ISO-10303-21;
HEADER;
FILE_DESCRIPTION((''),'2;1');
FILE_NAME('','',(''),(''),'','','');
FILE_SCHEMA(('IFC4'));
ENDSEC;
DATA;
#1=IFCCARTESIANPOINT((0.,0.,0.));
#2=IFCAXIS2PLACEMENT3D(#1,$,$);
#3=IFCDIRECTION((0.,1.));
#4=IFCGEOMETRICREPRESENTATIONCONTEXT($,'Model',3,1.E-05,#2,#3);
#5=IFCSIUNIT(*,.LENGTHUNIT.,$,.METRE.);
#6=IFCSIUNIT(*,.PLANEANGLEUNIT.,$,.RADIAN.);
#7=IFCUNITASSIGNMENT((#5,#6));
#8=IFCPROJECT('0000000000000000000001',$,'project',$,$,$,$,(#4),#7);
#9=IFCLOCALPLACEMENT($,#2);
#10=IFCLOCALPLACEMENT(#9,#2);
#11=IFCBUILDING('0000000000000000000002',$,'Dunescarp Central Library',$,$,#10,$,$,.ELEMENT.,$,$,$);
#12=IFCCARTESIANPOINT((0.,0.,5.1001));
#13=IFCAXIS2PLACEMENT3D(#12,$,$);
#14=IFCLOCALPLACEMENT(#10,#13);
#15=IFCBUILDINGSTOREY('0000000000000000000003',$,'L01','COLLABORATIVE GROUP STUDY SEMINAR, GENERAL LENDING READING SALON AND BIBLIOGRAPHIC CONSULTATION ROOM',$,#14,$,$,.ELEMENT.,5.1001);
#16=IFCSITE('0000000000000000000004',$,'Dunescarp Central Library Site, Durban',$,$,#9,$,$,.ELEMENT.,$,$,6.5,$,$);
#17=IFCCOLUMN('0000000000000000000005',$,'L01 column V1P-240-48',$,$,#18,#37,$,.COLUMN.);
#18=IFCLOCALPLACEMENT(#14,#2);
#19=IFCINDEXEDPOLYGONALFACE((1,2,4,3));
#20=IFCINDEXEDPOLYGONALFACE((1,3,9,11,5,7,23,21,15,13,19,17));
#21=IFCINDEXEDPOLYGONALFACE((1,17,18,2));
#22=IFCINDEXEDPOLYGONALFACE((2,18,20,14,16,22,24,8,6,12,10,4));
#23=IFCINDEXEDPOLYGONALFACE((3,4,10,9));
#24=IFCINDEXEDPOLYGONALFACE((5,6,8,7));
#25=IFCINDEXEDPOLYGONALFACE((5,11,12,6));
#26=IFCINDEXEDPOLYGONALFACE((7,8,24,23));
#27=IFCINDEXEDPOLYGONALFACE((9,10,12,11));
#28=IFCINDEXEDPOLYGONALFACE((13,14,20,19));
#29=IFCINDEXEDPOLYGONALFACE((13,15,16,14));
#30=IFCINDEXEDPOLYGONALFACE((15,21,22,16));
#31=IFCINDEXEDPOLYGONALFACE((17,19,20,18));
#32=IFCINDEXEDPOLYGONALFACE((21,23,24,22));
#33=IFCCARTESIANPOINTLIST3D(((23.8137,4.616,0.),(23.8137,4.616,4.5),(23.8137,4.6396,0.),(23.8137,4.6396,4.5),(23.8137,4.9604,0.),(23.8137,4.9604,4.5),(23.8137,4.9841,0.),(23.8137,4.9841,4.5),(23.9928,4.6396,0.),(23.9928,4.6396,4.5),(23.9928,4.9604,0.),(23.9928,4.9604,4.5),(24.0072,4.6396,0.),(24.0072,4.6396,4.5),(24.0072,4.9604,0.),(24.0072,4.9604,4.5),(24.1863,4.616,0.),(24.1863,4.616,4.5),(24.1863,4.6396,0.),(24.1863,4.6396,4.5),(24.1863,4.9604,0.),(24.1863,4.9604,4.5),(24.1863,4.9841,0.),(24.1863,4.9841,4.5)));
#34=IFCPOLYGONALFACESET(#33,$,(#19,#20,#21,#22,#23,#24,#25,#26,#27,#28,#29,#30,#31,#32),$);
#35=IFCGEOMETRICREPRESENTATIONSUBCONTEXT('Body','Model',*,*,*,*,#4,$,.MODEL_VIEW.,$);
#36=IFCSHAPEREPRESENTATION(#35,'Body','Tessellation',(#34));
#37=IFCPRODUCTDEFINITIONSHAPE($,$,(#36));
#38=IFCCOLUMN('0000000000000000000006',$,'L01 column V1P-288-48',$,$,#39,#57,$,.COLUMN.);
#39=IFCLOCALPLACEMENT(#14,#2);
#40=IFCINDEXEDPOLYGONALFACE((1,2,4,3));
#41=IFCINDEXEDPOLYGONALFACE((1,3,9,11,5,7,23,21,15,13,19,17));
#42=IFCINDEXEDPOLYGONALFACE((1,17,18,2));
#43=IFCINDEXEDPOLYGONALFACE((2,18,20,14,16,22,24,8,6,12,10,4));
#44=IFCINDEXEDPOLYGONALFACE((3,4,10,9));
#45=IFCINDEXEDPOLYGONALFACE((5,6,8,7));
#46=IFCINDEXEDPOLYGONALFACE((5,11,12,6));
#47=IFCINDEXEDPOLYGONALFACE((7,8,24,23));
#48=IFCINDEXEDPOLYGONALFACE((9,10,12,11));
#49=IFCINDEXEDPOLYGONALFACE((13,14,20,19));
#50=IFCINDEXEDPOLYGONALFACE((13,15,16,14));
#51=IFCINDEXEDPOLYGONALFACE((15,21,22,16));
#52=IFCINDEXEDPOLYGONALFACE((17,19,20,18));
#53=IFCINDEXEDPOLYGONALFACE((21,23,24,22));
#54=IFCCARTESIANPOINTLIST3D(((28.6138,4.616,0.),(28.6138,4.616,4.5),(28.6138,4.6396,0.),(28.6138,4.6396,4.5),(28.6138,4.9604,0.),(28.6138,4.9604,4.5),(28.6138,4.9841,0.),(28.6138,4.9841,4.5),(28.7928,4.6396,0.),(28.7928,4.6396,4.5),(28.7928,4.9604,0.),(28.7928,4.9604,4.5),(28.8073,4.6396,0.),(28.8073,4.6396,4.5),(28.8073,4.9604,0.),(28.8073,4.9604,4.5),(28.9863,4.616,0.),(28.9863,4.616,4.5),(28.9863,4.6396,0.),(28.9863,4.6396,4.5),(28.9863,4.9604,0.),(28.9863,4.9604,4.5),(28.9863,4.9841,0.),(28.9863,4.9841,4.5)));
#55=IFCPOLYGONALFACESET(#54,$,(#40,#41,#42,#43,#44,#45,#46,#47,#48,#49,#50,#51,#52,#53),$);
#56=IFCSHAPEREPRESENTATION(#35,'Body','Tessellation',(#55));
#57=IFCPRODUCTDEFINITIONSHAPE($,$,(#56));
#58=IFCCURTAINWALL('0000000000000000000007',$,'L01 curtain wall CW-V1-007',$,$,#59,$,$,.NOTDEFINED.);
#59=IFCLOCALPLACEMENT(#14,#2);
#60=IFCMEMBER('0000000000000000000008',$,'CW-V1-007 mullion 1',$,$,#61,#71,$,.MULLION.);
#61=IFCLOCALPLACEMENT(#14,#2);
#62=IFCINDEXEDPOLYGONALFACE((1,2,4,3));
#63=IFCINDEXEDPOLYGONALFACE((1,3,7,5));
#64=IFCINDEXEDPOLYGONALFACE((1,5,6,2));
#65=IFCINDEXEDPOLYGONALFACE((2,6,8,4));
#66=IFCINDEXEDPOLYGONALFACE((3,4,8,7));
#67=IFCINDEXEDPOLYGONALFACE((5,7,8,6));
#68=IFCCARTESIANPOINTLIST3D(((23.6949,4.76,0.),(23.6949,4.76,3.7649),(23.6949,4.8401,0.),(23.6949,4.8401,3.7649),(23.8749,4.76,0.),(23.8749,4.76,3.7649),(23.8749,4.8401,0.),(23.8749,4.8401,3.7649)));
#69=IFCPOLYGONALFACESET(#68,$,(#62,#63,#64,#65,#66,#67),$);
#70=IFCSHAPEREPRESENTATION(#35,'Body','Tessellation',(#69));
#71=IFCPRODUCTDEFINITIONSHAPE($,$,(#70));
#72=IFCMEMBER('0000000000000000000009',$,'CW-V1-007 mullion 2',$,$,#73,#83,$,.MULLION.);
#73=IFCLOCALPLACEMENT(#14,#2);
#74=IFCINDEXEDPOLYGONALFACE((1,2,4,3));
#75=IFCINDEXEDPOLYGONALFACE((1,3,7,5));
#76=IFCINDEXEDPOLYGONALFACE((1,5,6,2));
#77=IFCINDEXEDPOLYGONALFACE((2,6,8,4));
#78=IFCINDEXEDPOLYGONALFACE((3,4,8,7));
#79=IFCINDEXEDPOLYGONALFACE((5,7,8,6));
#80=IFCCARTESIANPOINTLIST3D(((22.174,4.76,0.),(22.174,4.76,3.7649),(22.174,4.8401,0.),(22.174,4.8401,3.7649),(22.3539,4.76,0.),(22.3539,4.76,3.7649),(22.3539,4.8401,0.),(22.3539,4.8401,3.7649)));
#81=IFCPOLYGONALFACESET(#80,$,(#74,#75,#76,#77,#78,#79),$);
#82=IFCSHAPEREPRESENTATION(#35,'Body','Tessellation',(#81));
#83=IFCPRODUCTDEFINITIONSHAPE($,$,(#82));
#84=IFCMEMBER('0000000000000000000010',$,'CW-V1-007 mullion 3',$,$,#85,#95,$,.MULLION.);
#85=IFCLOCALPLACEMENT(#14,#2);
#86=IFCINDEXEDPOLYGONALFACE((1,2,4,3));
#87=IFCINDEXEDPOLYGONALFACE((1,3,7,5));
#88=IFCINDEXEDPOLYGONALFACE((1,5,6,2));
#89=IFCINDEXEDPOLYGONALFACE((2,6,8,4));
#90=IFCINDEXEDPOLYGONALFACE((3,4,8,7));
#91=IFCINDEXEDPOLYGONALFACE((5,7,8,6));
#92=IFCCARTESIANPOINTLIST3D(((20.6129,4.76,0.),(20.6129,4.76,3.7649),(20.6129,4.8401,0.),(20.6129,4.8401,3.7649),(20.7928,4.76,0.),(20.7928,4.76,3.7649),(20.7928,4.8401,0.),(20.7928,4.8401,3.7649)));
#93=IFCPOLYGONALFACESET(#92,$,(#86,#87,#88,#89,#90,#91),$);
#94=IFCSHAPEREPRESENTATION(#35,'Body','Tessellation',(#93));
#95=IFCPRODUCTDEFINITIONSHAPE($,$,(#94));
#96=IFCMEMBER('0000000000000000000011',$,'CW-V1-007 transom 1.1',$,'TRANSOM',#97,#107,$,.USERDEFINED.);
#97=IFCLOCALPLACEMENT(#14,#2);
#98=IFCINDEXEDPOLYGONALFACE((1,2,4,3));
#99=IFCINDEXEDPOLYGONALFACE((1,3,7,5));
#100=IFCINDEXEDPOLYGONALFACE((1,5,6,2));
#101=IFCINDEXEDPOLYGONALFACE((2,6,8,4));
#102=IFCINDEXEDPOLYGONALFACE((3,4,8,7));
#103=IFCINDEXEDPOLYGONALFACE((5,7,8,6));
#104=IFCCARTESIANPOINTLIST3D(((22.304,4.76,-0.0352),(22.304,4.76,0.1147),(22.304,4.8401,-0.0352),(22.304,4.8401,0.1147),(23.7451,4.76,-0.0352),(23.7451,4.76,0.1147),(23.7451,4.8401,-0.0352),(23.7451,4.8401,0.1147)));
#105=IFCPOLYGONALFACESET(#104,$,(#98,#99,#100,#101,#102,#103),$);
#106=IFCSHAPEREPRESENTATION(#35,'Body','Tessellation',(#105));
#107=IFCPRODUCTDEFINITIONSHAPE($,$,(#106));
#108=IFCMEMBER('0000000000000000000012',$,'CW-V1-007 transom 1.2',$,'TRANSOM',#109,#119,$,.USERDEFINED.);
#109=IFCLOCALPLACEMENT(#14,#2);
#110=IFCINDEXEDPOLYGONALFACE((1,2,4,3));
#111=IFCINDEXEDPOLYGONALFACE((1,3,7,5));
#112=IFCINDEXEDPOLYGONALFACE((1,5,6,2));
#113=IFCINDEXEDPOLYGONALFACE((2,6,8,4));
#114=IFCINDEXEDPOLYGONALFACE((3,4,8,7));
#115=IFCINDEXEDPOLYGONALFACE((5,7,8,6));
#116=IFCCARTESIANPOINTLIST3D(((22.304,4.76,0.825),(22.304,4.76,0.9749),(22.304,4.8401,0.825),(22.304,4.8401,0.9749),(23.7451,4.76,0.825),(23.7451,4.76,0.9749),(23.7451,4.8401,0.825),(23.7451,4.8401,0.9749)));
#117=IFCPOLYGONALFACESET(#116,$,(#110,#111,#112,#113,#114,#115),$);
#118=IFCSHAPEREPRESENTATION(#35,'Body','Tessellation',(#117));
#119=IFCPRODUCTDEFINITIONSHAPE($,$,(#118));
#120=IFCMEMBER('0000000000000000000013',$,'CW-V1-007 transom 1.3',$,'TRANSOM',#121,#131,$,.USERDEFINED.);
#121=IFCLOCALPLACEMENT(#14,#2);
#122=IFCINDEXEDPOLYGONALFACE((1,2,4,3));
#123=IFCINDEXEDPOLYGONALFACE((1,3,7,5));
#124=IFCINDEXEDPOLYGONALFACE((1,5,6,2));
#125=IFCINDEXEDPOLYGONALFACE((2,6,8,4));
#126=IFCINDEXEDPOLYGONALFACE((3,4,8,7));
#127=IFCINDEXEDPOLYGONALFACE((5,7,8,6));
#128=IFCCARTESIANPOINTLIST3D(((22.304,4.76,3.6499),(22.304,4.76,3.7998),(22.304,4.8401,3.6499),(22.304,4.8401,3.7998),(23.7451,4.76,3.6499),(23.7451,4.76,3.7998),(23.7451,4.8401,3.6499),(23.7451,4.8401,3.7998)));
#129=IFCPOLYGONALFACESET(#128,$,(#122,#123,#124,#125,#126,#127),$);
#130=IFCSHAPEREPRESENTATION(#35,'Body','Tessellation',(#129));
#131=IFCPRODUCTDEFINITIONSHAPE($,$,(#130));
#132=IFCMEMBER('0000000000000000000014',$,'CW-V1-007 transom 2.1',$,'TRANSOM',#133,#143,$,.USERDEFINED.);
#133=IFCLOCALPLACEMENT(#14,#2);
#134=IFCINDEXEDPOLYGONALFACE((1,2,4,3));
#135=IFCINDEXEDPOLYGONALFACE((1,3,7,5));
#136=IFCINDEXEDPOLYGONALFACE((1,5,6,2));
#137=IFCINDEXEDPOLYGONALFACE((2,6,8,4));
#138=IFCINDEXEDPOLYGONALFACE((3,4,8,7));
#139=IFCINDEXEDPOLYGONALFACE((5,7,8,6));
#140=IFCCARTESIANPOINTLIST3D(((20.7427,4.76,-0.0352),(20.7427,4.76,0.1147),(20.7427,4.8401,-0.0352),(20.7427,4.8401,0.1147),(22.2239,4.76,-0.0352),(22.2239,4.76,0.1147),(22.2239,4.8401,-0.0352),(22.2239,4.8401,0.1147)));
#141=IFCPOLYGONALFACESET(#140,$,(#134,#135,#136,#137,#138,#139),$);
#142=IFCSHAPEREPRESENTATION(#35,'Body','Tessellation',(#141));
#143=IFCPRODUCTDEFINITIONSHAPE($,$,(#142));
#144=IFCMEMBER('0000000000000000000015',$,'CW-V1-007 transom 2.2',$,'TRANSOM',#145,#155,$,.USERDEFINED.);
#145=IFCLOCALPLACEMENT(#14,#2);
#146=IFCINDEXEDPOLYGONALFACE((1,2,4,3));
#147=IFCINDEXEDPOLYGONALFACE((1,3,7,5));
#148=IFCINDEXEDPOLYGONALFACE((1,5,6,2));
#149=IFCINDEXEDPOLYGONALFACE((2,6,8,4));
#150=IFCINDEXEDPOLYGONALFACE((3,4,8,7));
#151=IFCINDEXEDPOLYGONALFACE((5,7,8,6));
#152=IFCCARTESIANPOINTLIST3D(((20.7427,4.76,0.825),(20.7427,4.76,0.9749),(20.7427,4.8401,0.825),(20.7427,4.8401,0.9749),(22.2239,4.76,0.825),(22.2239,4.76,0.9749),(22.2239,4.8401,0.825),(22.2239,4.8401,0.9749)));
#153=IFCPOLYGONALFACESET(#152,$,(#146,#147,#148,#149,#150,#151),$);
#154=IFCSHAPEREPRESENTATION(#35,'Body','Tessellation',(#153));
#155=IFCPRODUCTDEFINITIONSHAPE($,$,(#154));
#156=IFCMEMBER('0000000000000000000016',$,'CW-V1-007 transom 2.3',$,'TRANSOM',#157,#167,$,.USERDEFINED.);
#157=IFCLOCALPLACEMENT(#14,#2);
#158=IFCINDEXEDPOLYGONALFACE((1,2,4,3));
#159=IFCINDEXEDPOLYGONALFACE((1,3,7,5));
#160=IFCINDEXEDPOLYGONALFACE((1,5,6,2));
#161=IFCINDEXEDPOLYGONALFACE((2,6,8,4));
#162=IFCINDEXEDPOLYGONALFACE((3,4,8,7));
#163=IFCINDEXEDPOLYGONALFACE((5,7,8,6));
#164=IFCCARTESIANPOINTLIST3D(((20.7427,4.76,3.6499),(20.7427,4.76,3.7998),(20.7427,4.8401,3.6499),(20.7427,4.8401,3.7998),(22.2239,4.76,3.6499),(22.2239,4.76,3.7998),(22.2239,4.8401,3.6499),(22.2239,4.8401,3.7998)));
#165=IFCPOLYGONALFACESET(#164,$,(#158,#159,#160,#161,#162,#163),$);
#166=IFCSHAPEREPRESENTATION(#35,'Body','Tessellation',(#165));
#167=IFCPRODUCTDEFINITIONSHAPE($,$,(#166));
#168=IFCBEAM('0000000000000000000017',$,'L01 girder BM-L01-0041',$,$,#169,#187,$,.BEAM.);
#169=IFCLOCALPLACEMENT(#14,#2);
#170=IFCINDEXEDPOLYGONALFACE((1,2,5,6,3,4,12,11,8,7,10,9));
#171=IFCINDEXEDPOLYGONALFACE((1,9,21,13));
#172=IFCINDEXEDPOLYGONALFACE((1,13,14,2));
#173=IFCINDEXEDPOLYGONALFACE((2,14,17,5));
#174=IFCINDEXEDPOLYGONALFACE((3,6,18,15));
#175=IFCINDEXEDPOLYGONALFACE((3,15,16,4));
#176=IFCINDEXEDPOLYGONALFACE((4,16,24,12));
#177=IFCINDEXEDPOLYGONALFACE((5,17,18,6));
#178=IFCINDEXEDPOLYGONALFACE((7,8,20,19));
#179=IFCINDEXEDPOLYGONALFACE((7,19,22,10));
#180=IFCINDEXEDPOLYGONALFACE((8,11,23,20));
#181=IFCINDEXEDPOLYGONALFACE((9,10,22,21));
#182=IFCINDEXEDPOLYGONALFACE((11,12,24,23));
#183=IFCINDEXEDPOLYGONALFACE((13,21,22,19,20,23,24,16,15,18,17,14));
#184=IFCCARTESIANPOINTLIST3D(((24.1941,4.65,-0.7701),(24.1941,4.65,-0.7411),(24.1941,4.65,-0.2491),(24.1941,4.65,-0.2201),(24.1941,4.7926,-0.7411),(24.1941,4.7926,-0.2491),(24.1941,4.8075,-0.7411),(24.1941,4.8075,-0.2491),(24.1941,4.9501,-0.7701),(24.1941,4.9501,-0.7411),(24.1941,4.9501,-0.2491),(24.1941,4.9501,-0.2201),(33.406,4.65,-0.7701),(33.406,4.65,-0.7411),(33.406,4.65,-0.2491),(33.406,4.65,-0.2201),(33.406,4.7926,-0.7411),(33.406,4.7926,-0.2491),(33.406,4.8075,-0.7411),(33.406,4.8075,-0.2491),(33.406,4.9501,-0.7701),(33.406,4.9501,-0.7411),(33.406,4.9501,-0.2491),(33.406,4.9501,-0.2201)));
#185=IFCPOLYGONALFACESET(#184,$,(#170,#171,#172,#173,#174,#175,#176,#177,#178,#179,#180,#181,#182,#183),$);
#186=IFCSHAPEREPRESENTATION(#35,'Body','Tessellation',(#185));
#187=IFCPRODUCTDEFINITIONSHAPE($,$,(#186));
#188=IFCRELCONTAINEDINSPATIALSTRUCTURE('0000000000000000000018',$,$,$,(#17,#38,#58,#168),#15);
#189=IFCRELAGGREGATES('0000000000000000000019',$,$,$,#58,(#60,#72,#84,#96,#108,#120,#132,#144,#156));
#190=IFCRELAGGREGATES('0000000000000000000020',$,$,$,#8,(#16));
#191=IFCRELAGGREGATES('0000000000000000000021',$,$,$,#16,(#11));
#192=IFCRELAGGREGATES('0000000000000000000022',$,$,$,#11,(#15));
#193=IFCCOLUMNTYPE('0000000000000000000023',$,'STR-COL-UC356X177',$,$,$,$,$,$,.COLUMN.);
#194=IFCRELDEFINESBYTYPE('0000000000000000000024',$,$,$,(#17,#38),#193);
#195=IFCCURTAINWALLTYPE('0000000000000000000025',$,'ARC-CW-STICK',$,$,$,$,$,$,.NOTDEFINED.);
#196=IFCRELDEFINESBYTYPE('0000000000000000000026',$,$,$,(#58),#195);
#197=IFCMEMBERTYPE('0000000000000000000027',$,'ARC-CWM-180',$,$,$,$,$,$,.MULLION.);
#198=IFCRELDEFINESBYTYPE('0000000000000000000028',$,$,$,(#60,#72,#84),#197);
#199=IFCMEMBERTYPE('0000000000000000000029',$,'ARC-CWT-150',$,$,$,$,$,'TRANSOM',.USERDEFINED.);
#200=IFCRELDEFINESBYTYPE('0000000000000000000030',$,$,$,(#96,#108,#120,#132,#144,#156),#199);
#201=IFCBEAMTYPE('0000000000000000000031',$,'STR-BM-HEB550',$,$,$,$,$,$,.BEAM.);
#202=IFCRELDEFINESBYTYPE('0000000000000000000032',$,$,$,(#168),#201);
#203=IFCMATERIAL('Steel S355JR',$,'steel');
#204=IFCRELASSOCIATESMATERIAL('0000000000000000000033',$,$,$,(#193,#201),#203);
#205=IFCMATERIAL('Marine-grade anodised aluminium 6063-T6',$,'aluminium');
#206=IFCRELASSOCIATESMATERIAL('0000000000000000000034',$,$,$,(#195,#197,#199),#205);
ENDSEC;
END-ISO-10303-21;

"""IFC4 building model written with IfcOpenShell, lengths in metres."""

from ifc_helpers import new_model, si_unit, direction, frame, origin, origin_2d, place, context, subcontext, project, spatial, rectangle, i_section, extrude, material, material_profile, profile_set, type_object, element, aggregate, save


model = new_model("IFC4")

# Units and contexts
model_context = context("Model", 3, precision=1e-05, world=origin(), true_north=direction((0.0, 1.0)))
body_context = subcontext(model_context, "Body", "Model", "MODEL_VIEW")
ifc_project = project(units=[si_unit("LENGTHUNIT", "METRE"), si_unit("PLANEANGLEUNIT", "RADIAN")], contexts=[model_context])

# Site, building, storey
site_placement = place(None, origin())
site = spatial("IfcSite", under=ifc_project, at=site_placement, Name="Dunescarp Central Library Site, Durban", CompositionType="ELEMENT", RefElevation=6.5)
building_placement = place(site_placement, origin())
building = spatial("IfcBuilding", under=site, at=building_placement, Name="Dunescarp Central Library", CompositionType="ELEMENT")
storey_placement = place(building_placement, frame((0.0, 0.0, 5.1001)))
storey = spatial("IfcBuildingStorey", under=building, at=storey_placement, Name="L01", Description="COLLABORATIVE GROUP STUDY SEMINAR, GENERAL LENDING READING SALON AND BIBLIOGRAPHIC CONSULTATION ROOM", CompositionType="ELEMENT", Elevation=5.1001)

# Columns
ifc_material_1 = material(Name="Steel S355JR", Category="steel")
ifc_material_profile_1 = material_profile(ifc_material_1, i_section(OverallWidth=0.3726, OverallDepth=0.3682, WebThickness=0.0144, FlangeThickness=0.0237, at=origin_2d()), Name="UC 356x368x177")
ifc_profile_set_1 = profile_set([ifc_material_profile_1], Name="Steel S355JR")
column_type = type_object("IfcColumnType", Name="STR-COL-UC356X177", PredefinedType="COLUMN", material=ifc_profile_set_1)
for number, where, z_axis, x_axis, name in (
    (1, (24.0, 4.8, 0.0), (0.0, 0.0, 1.0), (1.0, 0.0, 0.0), "L01 column V1P-240-48"),
    (2, (28.8, 4.8, 0.0), (0.0, 0.0, 1.0), (1.0, 0.0, 0.0), "L01 column V1P-288-48"),
):
    element("IfcColumn", number, at=place(storey_placement, frame(where, z_axis=z_axis, x_axis=x_axis)), inside=storey, type_object=column_type, Name=name, PredefinedType="COLUMN", context=body_context, shape_type="SweptSolid", body=[
        extrude(i_section(OverallWidth=0.3726, OverallDepth=0.3682, WebThickness=0.0144, FlangeThickness=0.0237, at=origin_2d()), origin(), (0.0, 0.0, 1.0), 4.5),
    ])

# Curtain wall, members
ifc_material_2 = material(Name="Marine-grade anodised aluminium 6063-T6", Category="aluminium")
curtain_wall_type = type_object("IfcCurtainWallType", Name="ARC-CW-STICK", PredefinedType="NOTDEFINED", material=ifc_material_2)
curtain_wall_placement = place(storey_placement, origin())
curtain_wall = element("IfcCurtainWall", 3, at=curtain_wall_placement, inside=storey, type_object=curtain_wall_type, Name="L01 curtain wall CW-V1-007", PredefinedType="NOTDEFINED")
ifc_material_profile_2 = material_profile(ifc_material_2, rectangle(XDim=0.0801, YDim=0.1799, at=origin_2d()), Name="AL 80x180")
ifc_profile_set_2 = profile_set([ifc_material_profile_2], Name="Marine-grade anodised aluminium 6063-T6")
member_type_1 = type_object("IfcMemberType", Name="ARC-CWM-180", PredefinedType="MULLION", material=ifc_profile_set_2)
member_1_placement = place(storey_placement, frame((23.7849, 4.8, 0.0), z_axis=(0.0, 0.0, 1.0), x_axis=(0.0, -1.0, 0.0)))
member_1 = element("IfcMember", 4, at=member_1_placement, type_object=member_type_1, Name="CW-V1-007 mullion 1", PredefinedType="MULLION", context=body_context, shape_type="SweptSolid", body=[
    extrude(rectangle(XDim=0.0801, YDim=0.1799, at=origin_2d()), origin(), (0.0, 0.0, 1.0), 3.7649),
])
member_2_placement = place(storey_placement, frame((22.2639, 4.8, 0.0), z_axis=(0.0, 0.0, 1.0), x_axis=(0.0, -1.0, 0.0)))
member_2 = element("IfcMember", 5, at=member_2_placement, type_object=member_type_1, Name="CW-V1-007 mullion 2", PredefinedType="MULLION", context=body_context, shape_type="SweptSolid", body=[
    extrude(rectangle(XDim=0.0801, YDim=0.1799, at=origin_2d()), origin(), (0.0, 0.0, 1.0), 3.7649),
])
member_3_placement = place(storey_placement, frame((20.7029, 4.8, 0.0), z_axis=(0.0, 0.0, 1.0), x_axis=(0.0, -1.0, 0.0)))
member_3 = element("IfcMember", 6, at=member_3_placement, type_object=member_type_1, Name="CW-V1-007 mullion 3", PredefinedType="MULLION", context=body_context, shape_type="SweptSolid", body=[
    extrude(rectangle(XDim=0.0801, YDim=0.1799, at=origin_2d()), origin(), (0.0, 0.0, 1.0), 3.7649),
])
ifc_material_profile_3 = material_profile(ifc_material_2, rectangle(XDim=0.0801, YDim=0.1499, at=origin_2d()), Name="AL 80x150")
ifc_profile_set_3 = profile_set([ifc_material_profile_3], Name="Marine-grade anodised aluminium 6063-T6")
member_type_2 = type_object("IfcMemberType", Name="ARC-CWT-150", ElementType="TRANSOM", PredefinedType="USERDEFINED", material=ifc_profile_set_3)
member_4_placement = place(storey_placement, frame((23.7451, 4.8, 0.0398), z_axis=(-1.0, 0.0, 0.0), x_axis=(0.0, -1.0, 0.0)))
member_4 = element("IfcMember", 7, at=member_4_placement, type_object=member_type_2, Name="CW-V1-007 transom 1.1", ObjectType="TRANSOM", PredefinedType="USERDEFINED", context=body_context, shape_type="SweptSolid", body=[
    extrude(rectangle(XDim=0.0801, YDim=0.1499, at=origin_2d()), origin(), (0.0, 0.0, 1.0), 1.4412),
])
member_5_placement = place(storey_placement, frame((23.7451, 4.8, 0.8999), z_axis=(-1.0, 0.0, 0.0), x_axis=(0.0, -1.0, 0.0)))
member_5 = element("IfcMember", 8, at=member_5_placement, type_object=member_type_2, Name="CW-V1-007 transom 1.2", ObjectType="TRANSOM", PredefinedType="USERDEFINED", context=body_context, shape_type="SweptSolid", body=[
    extrude(rectangle(XDim=0.0801, YDim=0.1499, at=origin_2d()), origin(), (0.0, 0.0, 1.0), 1.4412),
])
member_6_placement = place(storey_placement, frame((23.7451, 4.8, 3.7249), z_axis=(-1.0, 0.0, 0.0), x_axis=(0.0, -1.0, 0.0)))
member_6 = element("IfcMember", 9, at=member_6_placement, type_object=member_type_2, Name="CW-V1-007 transom 1.3", ObjectType="TRANSOM", PredefinedType="USERDEFINED", context=body_context, shape_type="SweptSolid", body=[
    extrude(rectangle(XDim=0.0801, YDim=0.1499, at=origin_2d()), origin(), (0.0, 0.0, 1.0), 1.4412),
])
member_7_placement = place(storey_placement, frame((22.2239, 4.8, 0.0398), z_axis=(-1.0, 0.0, 0.0), x_axis=(0.0, -1.0, 0.0)))
member_7 = element("IfcMember", 10, at=member_7_placement, type_object=member_type_2, Name="CW-V1-007 transom 2.1", ObjectType="TRANSOM", PredefinedType="USERDEFINED", context=body_context, shape_type="SweptSolid", body=[
    extrude(rectangle(XDim=0.0801, YDim=0.1499, at=origin_2d()), origin(), (0.0, 0.0, 1.0), 1.4812),
])
member_8_placement = place(storey_placement, frame((22.2239, 4.8, 0.8999), z_axis=(-1.0, 0.0, 0.0), x_axis=(0.0, -1.0, 0.0)))
member_8 = element("IfcMember", 11, at=member_8_placement, type_object=member_type_2, Name="CW-V1-007 transom 2.2", ObjectType="TRANSOM", PredefinedType="USERDEFINED", context=body_context, shape_type="SweptSolid", body=[
    extrude(rectangle(XDim=0.0801, YDim=0.1499, at=origin_2d()), origin(), (0.0, 0.0, 1.0), 1.4812),
])
member_9_placement = place(storey_placement, frame((22.2239, 4.8, 3.7249), z_axis=(-1.0, 0.0, 0.0), x_axis=(0.0, -1.0, 0.0)))
member_9 = element("IfcMember", 12, at=member_9_placement, type_object=member_type_2, Name="CW-V1-007 transom 2.3", ObjectType="TRANSOM", PredefinedType="USERDEFINED", context=body_context, shape_type="SweptSolid", body=[
    extrude(rectangle(XDim=0.0801, YDim=0.1499, at=origin_2d()), origin(), (0.0, 0.0, 1.0), 1.4812),
])

# Beam
ifc_material_profile_4 = material_profile(ifc_material_1, i_section(OverallWidth=0.3, OverallDepth=0.55, WebThickness=0.0149, FlangeThickness=0.0291, at=origin_2d()), Name="HEB 550")
ifc_profile_set_4 = profile_set([ifc_material_profile_4], Name="Steel S355JR")
beam_type_1 = type_object("IfcBeamType", Name="STR-BM-HEB550", PredefinedType="BEAM", material=ifc_profile_set_4)
beam_placement = place(storey_placement, frame((24.1941, 4.8, -0.4951), z_axis=(1.0, 0.0, 0.0), x_axis=(0.0, 1.0, 0.0)))
element("IfcBeam", 13, at=beam_placement, inside=storey, type_object=beam_type_1, Name="L01 girder BM-L01-0041", PredefinedType="BEAM", context=body_context, shape_type="SweptSolid", body=[
    extrude(i_section(OverallWidth=0.3, OverallDepth=0.55, WebThickness=0.0149, FlangeThickness=0.0291, at=origin_2d()), origin(), (0.0, 0.0, 1.0), 9.2119),
])

aggregate(curtain_wall, [member_1, member_2, member_3, member_4, member_5, member_6, member_7, member_8, member_9])

save(model, "model.ifc")
